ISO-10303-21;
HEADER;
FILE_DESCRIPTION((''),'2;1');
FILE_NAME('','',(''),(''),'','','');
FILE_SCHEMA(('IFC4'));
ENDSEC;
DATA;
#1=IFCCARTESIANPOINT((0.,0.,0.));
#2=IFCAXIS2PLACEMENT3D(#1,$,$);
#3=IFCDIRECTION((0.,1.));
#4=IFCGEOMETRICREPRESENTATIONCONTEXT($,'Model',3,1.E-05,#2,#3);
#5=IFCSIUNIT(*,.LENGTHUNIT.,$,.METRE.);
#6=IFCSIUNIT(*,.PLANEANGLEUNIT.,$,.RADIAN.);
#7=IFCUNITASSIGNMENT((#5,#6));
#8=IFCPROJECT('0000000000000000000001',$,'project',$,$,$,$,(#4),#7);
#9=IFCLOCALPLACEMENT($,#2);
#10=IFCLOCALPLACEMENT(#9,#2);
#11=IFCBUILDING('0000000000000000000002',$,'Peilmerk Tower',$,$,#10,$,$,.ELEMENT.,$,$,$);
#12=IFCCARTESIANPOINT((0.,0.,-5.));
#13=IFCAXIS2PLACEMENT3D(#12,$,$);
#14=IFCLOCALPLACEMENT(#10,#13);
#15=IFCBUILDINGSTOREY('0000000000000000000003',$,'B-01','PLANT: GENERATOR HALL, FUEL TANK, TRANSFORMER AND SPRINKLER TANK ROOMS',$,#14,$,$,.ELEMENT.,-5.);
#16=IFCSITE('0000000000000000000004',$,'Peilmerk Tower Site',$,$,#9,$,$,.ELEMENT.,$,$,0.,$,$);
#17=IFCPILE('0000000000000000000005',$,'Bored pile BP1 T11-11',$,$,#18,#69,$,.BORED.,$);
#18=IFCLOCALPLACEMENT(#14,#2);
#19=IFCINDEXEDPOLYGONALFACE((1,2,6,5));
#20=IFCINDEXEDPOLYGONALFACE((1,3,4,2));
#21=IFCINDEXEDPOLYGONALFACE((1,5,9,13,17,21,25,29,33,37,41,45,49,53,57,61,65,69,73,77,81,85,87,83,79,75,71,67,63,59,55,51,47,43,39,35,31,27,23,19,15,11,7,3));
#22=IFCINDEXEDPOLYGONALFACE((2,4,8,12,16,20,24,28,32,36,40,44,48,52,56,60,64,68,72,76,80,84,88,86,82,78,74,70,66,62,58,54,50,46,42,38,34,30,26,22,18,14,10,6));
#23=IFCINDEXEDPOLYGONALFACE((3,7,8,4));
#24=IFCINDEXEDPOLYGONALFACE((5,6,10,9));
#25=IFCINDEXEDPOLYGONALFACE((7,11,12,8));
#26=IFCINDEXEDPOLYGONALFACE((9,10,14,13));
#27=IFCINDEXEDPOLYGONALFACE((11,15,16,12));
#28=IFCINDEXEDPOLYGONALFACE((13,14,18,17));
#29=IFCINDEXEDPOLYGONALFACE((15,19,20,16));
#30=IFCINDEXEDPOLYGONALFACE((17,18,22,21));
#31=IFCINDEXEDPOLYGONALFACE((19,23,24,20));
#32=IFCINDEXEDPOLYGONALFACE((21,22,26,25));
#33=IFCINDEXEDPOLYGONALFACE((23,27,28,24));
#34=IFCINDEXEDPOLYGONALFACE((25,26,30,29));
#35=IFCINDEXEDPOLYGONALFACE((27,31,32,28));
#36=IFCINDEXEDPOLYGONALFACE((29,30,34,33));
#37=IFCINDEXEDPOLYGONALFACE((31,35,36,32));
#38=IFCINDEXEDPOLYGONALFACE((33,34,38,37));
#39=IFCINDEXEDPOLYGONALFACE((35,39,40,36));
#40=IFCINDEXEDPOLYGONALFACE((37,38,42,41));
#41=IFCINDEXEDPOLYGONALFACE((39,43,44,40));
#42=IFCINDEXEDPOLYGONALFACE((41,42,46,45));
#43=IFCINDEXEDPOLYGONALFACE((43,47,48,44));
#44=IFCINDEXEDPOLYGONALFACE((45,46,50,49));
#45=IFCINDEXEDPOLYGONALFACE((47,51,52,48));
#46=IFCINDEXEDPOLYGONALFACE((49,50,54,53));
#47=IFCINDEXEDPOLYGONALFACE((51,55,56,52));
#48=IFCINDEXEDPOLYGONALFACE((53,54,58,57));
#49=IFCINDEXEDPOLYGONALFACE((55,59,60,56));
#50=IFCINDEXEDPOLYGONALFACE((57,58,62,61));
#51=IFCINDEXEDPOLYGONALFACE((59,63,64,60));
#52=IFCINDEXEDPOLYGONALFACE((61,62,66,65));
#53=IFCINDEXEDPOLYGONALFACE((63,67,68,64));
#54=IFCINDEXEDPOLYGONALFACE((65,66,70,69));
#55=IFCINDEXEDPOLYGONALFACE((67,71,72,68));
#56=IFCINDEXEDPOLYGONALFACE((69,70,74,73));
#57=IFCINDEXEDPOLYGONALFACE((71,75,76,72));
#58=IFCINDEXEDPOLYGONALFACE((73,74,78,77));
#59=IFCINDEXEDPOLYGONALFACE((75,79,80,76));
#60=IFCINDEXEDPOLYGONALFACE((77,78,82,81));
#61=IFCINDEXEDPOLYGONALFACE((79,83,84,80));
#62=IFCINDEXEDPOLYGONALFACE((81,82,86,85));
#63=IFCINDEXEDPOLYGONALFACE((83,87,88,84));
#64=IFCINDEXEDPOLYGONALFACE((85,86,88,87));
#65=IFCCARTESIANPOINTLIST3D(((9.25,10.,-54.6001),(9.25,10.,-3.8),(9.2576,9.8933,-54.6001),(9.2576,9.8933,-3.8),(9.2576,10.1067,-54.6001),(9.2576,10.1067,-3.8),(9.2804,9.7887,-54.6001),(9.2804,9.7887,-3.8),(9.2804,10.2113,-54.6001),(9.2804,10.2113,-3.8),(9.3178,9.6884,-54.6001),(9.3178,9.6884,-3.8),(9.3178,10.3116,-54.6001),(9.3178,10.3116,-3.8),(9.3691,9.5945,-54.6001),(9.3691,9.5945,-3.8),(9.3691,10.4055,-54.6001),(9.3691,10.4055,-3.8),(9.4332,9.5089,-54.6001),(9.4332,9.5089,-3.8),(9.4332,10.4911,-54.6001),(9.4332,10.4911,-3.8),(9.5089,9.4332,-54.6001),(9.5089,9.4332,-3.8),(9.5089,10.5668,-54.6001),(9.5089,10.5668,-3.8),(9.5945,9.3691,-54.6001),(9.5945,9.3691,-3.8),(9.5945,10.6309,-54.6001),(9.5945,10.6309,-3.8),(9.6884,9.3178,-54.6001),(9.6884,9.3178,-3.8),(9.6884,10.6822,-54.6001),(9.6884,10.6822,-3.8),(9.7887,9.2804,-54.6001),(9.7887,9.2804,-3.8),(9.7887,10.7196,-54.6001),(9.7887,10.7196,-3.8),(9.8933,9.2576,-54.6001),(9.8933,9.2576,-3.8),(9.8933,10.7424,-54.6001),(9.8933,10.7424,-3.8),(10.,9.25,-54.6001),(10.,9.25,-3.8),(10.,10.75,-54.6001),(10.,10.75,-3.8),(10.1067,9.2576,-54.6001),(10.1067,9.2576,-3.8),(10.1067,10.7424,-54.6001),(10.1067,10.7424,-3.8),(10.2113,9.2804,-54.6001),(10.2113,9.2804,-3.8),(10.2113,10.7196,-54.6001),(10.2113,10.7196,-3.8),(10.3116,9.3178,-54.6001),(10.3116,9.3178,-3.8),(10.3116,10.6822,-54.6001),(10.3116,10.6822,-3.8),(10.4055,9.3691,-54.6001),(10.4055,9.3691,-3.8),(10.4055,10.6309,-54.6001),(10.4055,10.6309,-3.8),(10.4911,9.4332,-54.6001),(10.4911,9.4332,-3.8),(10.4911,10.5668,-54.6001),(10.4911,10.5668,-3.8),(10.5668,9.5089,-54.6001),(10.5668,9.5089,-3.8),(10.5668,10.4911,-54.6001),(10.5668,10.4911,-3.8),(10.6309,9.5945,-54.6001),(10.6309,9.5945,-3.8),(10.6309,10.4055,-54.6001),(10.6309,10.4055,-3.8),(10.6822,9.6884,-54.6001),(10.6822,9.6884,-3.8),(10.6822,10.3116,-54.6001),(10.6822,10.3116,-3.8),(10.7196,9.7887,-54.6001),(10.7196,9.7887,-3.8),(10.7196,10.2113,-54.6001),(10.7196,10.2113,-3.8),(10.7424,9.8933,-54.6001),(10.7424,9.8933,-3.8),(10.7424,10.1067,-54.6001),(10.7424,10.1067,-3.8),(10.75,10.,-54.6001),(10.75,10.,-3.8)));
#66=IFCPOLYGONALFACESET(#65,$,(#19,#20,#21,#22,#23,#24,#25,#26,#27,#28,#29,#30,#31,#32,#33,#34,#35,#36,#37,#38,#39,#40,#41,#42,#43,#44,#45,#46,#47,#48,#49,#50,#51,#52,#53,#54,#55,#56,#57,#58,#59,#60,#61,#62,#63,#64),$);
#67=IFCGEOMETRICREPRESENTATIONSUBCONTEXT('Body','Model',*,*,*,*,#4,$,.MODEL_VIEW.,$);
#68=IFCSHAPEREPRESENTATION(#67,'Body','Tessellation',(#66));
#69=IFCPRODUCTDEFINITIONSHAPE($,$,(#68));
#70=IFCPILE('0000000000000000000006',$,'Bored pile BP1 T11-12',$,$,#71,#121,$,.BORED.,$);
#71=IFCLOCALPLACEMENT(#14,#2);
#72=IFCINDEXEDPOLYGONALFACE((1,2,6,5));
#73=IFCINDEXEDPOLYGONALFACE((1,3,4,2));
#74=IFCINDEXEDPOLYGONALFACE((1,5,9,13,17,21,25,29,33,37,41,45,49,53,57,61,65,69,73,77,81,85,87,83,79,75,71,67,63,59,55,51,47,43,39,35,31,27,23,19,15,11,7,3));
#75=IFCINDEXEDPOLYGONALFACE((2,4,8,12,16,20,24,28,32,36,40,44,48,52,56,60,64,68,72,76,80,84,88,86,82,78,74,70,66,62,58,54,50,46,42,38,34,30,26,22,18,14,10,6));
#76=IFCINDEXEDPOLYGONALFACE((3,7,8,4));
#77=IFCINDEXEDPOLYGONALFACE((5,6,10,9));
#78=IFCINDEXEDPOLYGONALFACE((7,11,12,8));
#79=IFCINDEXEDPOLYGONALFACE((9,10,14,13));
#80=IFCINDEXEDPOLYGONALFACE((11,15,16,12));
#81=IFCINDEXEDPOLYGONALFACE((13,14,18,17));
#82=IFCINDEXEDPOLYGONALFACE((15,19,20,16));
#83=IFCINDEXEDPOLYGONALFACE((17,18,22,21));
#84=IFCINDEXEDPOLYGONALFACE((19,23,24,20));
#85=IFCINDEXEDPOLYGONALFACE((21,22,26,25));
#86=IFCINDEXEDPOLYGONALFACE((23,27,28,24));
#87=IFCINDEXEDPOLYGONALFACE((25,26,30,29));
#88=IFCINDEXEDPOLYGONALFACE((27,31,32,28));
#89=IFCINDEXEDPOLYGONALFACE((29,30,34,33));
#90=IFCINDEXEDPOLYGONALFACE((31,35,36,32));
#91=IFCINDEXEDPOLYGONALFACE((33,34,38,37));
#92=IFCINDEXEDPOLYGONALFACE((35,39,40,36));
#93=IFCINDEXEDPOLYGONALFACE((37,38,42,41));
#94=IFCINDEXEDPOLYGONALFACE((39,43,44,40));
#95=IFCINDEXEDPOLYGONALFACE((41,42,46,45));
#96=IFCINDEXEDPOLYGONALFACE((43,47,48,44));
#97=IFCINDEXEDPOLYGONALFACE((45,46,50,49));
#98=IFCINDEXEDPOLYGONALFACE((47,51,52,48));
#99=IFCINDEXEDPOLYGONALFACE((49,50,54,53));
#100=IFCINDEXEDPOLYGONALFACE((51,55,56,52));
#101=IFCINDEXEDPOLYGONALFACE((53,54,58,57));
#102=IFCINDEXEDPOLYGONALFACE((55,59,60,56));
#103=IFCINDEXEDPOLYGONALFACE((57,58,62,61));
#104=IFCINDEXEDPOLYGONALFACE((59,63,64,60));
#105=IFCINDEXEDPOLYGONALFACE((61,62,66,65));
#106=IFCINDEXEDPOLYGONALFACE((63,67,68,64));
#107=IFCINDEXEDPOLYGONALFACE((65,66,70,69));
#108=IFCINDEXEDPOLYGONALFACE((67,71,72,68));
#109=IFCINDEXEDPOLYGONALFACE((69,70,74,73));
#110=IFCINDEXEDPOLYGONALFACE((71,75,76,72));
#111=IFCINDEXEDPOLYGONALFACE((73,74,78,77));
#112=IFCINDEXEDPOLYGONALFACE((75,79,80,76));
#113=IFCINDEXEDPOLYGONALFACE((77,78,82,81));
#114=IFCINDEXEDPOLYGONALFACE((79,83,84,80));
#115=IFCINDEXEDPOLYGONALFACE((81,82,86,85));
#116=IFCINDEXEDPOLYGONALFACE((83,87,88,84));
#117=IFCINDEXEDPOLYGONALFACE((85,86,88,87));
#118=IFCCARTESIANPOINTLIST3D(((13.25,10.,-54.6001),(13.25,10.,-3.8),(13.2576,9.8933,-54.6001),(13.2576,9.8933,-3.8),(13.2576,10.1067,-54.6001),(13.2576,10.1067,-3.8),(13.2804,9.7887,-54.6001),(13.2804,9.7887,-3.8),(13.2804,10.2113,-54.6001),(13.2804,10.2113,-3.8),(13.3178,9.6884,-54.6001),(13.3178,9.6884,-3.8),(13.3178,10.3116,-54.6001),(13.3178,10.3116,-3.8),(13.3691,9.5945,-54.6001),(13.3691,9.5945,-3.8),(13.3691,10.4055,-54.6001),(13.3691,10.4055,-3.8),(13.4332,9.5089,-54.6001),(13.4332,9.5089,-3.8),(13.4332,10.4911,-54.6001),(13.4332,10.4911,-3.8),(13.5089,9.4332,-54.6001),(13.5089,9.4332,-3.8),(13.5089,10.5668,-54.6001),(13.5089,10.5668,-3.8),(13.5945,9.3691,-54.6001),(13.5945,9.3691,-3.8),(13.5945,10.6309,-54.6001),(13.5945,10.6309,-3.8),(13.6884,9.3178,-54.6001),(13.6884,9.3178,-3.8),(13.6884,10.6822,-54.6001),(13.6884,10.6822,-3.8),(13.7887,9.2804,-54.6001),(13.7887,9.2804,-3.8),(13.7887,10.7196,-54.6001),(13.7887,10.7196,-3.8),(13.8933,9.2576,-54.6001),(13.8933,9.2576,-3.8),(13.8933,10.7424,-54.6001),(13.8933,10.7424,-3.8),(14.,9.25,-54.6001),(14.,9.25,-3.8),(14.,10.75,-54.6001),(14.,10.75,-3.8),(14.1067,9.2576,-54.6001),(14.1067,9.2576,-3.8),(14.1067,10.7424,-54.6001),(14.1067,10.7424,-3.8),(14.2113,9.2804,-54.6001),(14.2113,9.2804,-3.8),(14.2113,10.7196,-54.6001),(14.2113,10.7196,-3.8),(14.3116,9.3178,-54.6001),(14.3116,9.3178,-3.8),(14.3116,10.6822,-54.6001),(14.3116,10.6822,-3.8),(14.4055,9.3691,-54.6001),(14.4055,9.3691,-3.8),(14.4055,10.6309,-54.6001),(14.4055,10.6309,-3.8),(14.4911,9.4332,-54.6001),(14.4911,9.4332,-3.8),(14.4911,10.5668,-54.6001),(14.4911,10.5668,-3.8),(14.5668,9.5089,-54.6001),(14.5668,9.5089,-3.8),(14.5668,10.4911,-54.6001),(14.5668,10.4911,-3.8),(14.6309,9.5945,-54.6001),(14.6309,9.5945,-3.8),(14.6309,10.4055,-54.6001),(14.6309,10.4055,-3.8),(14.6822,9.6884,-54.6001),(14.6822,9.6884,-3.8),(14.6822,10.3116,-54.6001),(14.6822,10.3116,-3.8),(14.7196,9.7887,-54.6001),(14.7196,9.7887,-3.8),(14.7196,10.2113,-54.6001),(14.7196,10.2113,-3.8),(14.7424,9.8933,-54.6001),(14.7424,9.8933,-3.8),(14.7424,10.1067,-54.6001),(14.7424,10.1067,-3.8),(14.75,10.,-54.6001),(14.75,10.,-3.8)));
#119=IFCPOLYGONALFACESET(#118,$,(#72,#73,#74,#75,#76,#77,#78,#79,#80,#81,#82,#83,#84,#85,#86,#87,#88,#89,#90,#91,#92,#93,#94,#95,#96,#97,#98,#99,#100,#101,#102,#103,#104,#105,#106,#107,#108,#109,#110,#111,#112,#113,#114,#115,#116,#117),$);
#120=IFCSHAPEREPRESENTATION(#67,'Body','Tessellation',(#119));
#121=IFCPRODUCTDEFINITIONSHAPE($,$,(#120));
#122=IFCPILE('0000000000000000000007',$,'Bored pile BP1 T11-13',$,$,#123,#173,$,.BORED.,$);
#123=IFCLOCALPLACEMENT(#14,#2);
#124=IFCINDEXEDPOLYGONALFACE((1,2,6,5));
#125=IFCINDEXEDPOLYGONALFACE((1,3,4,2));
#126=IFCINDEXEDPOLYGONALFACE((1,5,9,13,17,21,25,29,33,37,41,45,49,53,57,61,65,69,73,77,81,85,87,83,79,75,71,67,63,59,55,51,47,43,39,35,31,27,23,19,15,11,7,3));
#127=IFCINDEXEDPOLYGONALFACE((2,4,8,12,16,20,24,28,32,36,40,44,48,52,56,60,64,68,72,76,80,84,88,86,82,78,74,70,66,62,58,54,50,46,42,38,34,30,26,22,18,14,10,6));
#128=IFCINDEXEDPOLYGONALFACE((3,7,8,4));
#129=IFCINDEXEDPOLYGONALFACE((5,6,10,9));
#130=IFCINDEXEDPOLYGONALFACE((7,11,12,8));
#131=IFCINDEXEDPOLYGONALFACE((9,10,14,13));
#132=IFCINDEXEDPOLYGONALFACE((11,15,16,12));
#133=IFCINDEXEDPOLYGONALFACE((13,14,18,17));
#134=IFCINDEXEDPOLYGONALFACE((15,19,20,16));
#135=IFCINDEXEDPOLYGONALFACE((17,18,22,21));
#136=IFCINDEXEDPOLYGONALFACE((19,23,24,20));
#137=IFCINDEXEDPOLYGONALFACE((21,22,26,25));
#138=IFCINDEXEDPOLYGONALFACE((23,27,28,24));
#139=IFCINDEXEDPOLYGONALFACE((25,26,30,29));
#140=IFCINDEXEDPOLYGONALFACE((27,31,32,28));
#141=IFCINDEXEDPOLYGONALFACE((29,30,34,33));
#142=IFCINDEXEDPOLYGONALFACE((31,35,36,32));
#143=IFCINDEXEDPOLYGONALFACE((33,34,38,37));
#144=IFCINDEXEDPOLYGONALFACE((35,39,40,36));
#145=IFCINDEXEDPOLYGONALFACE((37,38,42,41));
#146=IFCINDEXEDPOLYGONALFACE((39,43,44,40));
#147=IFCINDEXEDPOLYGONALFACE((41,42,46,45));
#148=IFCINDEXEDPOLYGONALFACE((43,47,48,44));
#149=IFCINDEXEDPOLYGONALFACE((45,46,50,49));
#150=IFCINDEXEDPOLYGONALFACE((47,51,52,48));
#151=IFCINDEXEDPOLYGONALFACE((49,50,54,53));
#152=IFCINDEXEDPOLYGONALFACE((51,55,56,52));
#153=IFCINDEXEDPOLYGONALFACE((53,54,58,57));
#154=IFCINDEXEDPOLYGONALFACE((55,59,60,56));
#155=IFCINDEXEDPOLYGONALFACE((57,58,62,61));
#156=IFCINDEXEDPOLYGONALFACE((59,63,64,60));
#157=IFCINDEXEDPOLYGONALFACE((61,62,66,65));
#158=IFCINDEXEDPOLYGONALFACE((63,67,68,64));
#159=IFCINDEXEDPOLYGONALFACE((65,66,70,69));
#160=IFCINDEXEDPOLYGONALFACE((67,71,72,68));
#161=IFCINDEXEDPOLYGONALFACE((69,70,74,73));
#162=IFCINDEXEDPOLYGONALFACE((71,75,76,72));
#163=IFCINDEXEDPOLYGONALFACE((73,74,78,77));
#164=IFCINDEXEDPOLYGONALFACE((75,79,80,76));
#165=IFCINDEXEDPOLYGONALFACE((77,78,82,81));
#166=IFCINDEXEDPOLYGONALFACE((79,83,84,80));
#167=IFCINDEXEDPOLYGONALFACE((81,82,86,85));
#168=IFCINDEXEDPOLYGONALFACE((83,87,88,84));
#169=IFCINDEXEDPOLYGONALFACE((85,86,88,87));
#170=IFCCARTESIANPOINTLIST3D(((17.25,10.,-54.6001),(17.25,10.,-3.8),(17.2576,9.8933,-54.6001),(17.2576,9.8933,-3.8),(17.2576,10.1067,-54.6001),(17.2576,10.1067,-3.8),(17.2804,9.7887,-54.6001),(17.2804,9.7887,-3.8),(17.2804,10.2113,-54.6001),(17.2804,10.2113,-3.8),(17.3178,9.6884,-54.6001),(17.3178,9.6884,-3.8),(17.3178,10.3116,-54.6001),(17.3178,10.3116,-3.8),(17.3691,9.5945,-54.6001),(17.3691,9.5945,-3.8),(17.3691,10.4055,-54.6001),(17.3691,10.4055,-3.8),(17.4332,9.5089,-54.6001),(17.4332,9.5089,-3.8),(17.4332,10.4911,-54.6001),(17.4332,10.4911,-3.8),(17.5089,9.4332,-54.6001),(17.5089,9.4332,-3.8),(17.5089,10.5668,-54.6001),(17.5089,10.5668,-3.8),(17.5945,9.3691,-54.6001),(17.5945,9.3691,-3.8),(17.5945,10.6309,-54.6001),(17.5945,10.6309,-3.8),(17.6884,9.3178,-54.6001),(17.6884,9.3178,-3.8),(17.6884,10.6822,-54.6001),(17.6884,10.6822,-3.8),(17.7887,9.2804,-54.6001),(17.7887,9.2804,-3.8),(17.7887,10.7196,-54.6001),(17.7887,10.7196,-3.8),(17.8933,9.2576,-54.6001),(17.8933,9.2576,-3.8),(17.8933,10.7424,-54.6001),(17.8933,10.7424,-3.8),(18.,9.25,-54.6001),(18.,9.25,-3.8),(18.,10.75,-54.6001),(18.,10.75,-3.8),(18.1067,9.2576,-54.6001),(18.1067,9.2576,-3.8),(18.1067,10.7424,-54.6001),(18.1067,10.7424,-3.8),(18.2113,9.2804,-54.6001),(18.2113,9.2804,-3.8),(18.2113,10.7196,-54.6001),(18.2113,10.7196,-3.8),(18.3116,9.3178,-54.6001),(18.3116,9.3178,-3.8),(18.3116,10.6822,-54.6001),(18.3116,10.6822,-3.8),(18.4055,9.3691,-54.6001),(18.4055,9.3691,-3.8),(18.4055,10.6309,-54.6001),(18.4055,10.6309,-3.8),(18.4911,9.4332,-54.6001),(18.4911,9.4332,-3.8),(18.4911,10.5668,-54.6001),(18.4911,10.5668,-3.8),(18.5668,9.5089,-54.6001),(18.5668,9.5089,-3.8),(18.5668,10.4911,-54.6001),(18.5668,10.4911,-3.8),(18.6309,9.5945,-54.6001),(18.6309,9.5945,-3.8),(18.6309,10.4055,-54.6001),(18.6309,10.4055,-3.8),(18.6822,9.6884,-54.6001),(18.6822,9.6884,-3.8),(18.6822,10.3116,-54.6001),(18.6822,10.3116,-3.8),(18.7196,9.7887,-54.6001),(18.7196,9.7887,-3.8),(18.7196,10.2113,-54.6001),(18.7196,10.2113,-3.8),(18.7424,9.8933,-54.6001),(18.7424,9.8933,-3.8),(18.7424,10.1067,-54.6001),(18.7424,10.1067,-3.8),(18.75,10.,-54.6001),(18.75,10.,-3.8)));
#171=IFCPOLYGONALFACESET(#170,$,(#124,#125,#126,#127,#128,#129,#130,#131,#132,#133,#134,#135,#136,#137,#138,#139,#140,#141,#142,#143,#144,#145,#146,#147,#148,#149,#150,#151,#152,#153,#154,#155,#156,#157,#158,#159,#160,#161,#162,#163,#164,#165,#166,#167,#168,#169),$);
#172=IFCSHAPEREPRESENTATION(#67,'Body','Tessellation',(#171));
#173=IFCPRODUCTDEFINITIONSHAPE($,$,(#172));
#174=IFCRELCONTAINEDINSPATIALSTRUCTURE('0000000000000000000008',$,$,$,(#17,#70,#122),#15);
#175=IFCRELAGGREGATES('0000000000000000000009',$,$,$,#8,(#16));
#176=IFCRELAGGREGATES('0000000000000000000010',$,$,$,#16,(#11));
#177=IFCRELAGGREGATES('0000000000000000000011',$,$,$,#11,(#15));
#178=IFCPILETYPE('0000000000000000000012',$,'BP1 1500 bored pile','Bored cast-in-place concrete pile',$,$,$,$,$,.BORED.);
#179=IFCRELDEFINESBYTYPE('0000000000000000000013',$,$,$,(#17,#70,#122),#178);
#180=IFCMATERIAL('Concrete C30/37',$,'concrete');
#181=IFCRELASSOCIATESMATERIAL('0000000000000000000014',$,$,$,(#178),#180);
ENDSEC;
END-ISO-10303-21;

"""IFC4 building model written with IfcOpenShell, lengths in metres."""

from ifc_helpers import new_model, si_unit, direction, frame, origin, origin_2d, place, context, subcontext, project, spatial, circle, extrude, material, material_profile, profile_set, type_object, element, save


model = new_model("IFC4")

# Units and contexts
model_context = context("Model", 3, precision=1e-05, world=origin(), true_north=direction((0.0, 1.0)))
body_context = subcontext(model_context, "Body", "Model", "MODEL_VIEW")
ifc_project = project(units=[si_unit("LENGTHUNIT", "METRE"), si_unit("PLANEANGLEUNIT", "RADIAN")], contexts=[model_context])

# Site, building, storey
site_placement = place(None, origin())
site = spatial("IfcSite", under=ifc_project, at=site_placement, Name="Peilmerk Tower Site", CompositionType="ELEMENT", RefElevation=0.0)
building_placement = place(site_placement, origin())
building = spatial("IfcBuilding", under=site, at=building_placement, Name="Peilmerk Tower", CompositionType="ELEMENT")
storey_placement = place(building_placement, frame((0.0, 0.0, -5.0)))
storey = spatial("IfcBuildingStorey", under=building, at=storey_placement, Name="B-01", Description="PLANT: GENERATOR HALL, FUEL TANK, TRANSFORMER AND SPRINKLER TANK ROOMS", CompositionType="ELEMENT", Elevation=-5.0)

# Piles
ifc_material_1 = material(Name="Concrete C30/37", Category="concrete")
ifc_material_profile_1 = material_profile(ifc_material_1, circle(Radius=0.75, at=origin_2d()), Name="BP 1500")
ifc_profile_set_1 = profile_set([ifc_material_profile_1], Name="Concrete C30/37")
pile_type = type_object("IfcPileType", Name="BP1 1500 bored pile", Description="Bored cast-in-place concrete pile", PredefinedType="BORED", material=ifc_profile_set_1)
for number, where, z_axis, x_axis, name in (
    (1, (10.0, 10.0, -3.8), (0.0, 0.0, -1.0), (1.0, 0.0, 0.0), "Bored pile BP1 T11-11"),
    (2, (14.0, 10.0, -3.8), (0.0, 0.0, -1.0), (1.0, 0.0, 0.0), "Bored pile BP1 T11-12"),
    (3, (18.0, 10.0, -3.8), (0.0, 0.0, -1.0), (1.0, 0.0, 0.0), "Bored pile BP1 T11-13"),
):
    element("IfcPile", number, at=place(storey_placement, frame(where, z_axis=z_axis, x_axis=x_axis)), inside=storey, type_object=pile_type, Name=name, PredefinedType="BORED", context=body_context, shape_type="SweptSolid", body=[
        extrude(circle(Radius=0.75, at=origin_2d()), origin(), (0.0, 0.0, 1.0), 50.8),
    ])

save(model, "model.ifc")
